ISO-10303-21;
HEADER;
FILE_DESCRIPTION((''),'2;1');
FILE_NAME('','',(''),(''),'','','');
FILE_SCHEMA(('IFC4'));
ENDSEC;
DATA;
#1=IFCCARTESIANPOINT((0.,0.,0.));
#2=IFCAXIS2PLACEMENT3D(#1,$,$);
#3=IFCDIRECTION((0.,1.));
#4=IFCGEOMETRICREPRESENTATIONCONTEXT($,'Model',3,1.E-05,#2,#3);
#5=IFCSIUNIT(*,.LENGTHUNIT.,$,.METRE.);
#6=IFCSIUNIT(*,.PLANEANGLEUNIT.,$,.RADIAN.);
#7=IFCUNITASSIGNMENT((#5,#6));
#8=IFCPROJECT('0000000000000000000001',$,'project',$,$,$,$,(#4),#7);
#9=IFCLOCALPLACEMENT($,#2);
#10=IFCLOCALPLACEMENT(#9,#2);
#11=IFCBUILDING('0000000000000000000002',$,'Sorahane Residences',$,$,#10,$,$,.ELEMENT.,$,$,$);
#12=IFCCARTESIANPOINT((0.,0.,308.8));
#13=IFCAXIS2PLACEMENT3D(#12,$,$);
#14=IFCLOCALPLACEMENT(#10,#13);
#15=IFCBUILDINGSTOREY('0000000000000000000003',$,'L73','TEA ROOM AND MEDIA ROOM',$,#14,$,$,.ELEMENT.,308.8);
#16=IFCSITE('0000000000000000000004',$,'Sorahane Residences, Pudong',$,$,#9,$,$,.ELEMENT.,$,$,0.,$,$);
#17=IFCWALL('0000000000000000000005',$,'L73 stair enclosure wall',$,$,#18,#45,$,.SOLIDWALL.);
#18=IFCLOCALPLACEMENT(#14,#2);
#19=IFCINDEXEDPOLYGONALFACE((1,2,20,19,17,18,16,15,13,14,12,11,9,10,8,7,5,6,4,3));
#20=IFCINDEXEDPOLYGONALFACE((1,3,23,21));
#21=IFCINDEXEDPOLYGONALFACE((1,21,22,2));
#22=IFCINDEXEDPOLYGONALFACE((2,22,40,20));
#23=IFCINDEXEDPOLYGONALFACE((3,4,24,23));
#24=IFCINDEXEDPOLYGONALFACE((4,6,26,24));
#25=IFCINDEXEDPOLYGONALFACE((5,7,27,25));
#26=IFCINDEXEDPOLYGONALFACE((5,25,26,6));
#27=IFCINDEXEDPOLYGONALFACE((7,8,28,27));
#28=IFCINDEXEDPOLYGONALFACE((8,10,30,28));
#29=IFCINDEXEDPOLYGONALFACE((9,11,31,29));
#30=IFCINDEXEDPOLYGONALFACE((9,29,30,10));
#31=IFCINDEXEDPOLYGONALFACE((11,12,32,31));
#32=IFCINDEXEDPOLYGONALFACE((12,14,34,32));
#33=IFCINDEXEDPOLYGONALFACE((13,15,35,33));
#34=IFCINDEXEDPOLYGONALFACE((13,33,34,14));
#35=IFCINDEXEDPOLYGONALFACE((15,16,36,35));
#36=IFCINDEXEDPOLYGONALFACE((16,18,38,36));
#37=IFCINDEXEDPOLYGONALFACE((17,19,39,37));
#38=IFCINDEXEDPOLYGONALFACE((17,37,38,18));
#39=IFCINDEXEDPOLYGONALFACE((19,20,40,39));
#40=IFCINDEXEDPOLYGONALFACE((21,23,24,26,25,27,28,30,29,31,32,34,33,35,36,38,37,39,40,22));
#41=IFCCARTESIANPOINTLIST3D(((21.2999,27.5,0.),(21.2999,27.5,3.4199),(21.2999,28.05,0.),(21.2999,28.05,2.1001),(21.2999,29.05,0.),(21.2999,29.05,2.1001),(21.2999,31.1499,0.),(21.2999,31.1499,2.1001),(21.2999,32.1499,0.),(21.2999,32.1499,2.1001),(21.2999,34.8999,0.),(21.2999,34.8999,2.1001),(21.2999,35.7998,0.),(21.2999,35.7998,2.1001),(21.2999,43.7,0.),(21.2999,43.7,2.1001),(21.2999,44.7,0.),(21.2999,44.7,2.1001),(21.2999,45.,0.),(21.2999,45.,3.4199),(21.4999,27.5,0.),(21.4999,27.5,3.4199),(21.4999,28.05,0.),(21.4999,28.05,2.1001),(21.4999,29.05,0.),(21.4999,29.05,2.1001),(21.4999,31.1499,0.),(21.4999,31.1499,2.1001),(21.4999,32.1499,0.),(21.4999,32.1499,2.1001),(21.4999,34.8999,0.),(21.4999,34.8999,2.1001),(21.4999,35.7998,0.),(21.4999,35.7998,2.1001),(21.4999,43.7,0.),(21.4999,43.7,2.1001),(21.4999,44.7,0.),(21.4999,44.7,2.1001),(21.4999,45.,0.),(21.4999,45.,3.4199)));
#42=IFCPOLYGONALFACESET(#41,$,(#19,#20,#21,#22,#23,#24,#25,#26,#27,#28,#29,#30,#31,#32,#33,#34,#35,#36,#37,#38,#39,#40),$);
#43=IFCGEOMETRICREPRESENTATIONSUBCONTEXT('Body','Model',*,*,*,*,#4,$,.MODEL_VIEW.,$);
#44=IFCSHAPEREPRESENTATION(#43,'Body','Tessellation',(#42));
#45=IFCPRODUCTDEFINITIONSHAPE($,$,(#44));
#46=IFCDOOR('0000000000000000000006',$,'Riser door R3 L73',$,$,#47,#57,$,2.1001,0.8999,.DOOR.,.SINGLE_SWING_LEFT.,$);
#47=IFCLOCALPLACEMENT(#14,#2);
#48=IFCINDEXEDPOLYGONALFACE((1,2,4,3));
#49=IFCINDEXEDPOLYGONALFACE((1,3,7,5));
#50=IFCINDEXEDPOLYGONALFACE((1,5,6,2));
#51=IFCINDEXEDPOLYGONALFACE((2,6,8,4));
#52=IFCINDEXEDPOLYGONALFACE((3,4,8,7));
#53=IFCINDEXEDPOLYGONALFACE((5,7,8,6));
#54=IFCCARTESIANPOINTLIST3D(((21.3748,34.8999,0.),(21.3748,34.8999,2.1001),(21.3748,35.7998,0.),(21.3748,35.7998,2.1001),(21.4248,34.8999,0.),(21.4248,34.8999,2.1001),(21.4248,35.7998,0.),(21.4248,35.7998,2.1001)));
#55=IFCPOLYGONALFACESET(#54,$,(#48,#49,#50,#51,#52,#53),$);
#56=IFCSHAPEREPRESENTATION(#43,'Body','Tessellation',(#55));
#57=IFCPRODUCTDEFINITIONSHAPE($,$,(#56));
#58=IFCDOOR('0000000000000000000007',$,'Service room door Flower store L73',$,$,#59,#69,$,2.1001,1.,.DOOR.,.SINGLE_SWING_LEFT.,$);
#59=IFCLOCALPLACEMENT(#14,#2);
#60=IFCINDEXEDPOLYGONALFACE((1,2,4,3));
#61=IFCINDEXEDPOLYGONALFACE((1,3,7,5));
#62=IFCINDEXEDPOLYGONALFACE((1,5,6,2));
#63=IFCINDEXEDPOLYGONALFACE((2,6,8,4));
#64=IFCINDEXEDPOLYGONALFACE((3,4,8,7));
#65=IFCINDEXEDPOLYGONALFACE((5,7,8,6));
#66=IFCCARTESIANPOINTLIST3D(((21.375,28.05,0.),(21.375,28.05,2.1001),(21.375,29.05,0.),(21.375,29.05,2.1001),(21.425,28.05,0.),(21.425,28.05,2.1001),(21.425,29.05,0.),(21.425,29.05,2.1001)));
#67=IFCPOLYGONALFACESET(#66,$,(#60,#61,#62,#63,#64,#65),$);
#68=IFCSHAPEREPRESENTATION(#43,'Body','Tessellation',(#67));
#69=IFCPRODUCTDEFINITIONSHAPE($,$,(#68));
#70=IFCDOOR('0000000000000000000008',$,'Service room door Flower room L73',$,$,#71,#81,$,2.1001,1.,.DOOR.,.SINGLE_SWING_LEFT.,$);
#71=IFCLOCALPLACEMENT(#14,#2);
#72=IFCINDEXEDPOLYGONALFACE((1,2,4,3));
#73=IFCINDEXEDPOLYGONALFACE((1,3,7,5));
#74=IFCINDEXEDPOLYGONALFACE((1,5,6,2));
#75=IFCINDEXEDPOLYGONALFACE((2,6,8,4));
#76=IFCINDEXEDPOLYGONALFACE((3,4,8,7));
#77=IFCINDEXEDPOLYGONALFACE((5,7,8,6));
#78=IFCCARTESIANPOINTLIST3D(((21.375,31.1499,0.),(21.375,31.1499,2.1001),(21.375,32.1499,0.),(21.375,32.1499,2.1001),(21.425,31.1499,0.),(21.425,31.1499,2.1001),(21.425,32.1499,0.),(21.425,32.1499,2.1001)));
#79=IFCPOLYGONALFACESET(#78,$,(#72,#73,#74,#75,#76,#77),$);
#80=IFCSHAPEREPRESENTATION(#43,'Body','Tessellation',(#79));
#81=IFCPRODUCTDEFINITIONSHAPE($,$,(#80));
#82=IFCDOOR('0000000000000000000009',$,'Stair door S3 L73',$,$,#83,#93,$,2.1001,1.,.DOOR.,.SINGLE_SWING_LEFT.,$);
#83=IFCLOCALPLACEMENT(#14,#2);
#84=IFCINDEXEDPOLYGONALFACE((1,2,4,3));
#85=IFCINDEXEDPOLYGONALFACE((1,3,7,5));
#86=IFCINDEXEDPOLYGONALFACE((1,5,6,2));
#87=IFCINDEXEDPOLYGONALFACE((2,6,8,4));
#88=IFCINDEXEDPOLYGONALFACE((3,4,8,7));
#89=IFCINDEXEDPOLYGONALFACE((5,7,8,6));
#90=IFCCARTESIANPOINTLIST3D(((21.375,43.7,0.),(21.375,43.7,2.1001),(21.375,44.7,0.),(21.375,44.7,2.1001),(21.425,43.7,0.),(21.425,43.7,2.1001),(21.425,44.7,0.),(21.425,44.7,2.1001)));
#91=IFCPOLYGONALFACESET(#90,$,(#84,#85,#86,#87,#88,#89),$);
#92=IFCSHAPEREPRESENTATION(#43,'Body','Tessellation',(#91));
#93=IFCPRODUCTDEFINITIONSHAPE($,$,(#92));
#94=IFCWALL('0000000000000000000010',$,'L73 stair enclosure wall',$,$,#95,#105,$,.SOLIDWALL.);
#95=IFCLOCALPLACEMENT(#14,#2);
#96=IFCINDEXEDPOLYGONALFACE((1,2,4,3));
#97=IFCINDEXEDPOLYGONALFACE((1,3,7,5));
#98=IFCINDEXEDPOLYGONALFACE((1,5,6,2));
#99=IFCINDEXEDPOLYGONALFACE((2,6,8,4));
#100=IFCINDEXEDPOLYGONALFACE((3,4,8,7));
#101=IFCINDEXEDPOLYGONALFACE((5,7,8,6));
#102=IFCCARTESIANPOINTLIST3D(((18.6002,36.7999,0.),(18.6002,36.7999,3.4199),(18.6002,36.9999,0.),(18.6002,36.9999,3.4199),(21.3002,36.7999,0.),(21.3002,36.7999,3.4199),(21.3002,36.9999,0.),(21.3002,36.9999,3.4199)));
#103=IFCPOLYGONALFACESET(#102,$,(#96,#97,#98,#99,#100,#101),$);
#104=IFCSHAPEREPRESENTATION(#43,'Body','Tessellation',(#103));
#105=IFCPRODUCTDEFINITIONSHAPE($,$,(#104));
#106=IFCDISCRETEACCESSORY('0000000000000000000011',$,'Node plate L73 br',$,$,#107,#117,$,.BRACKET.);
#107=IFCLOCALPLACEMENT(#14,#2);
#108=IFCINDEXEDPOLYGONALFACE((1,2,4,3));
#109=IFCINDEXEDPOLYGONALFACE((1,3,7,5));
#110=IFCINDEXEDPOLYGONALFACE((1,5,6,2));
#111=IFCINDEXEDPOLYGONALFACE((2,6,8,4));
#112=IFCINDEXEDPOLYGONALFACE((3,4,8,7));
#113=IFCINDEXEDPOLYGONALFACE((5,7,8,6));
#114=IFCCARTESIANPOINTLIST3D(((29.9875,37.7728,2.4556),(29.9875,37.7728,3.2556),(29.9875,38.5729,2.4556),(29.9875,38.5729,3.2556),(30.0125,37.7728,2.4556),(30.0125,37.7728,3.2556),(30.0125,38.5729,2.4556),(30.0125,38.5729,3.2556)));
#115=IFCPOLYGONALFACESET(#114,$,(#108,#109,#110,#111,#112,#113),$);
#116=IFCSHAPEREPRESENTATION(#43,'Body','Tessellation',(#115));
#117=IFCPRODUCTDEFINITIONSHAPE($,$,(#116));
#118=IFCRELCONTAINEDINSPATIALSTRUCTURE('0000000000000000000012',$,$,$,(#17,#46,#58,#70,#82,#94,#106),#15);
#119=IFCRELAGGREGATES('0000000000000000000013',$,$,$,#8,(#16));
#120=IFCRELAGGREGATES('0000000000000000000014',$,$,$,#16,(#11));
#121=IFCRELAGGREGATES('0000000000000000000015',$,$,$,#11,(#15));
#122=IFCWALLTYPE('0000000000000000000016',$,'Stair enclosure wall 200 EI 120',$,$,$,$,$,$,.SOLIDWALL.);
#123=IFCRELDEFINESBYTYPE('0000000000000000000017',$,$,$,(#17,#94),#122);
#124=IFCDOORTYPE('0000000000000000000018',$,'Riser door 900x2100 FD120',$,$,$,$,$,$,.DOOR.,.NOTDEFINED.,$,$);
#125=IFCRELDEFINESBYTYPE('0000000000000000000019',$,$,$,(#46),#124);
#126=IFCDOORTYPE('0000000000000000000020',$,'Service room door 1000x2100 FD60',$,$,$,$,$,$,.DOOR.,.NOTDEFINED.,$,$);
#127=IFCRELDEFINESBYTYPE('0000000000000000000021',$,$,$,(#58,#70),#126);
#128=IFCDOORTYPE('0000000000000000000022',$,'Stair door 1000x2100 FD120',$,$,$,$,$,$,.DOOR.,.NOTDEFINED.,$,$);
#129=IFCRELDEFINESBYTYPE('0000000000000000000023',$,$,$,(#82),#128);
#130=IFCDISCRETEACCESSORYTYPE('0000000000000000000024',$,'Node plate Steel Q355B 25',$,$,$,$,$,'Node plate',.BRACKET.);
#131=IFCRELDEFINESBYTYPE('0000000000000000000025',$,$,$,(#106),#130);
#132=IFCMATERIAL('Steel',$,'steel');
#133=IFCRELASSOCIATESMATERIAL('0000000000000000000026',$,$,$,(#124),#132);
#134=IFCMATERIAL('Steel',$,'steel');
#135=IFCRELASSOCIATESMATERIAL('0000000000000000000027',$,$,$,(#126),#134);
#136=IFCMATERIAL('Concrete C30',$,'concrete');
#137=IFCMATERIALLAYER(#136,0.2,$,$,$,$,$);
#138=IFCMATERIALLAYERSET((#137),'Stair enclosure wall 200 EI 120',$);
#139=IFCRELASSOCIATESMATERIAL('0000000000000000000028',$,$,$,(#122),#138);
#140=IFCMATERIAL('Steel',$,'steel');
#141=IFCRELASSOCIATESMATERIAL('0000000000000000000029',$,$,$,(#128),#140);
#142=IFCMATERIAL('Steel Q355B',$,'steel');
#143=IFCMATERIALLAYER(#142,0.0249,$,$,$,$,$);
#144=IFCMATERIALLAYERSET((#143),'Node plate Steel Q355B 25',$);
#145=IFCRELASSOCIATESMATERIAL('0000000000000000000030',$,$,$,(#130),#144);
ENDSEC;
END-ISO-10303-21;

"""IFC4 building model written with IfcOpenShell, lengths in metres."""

from ifc_helpers import new_model, si_unit, direction, frame, frame_2d, origin, origin_2d, place, context, subcontext, project, spatial, rectangle, extrude, material, layer, layer_set, type_object, element, fill, save


model = new_model("IFC4")

# Units and contexts
model_context = context("Model", 3, precision=1e-05, world=origin(), true_north=direction((0.0, 1.0)))
body_context = subcontext(model_context, "Body", "Model", "MODEL_VIEW")
ifc_project = project(units=[si_unit("LENGTHUNIT", "METRE"), si_unit("PLANEANGLEUNIT", "RADIAN")], contexts=[model_context])

# Site, building, storey
site_placement = place(None, origin())
site = spatial("IfcSite", under=ifc_project, at=site_placement, Name="Sorahane Residences, Pudong", CompositionType="ELEMENT", RefElevation=0.0)
building_placement = place(site_placement, origin())
building = spatial("IfcBuilding", under=site, at=building_placement, Name="Sorahane Residences", CompositionType="ELEMENT")
storey_placement = place(building_placement, frame((0.0, 0.0, 308.8)))
storey = spatial("IfcBuildingStorey", under=building, at=storey_placement, Name="L73", Description="TEA ROOM AND MEDIA ROOM", CompositionType="ELEMENT", Elevation=308.8)

# Shared definitions
ifc_material_1 = material(Name="Steel", Category="steel")
door_type_1 = type_object("IfcDoorType", Name="Riser door 900x2100 FD120", OperationType="NOTDEFINED", PredefinedType="DOOR", material=ifc_material_1)
ifc_material_2 = material(Name="Steel", Category="steel")
door_type_2 = type_object("IfcDoorType", Name="Service room door 1000x2100 FD60", OperationType="NOTDEFINED", PredefinedType="DOOR", material=ifc_material_2)

# Wall, openings, doors
ifc_material_3 = material(Name="Concrete C30", Category="concrete")
ifc_layer_1 = layer(ifc_material_3, 0.2)
ifc_layer_set_1 = layer_set([ifc_layer_1], Name="Stair enclosure wall 200 EI 120")
wall_type_1 = type_object("IfcWallType", Name="Stair enclosure wall 200 EI 120", PredefinedType="SOLIDWALL", material=ifc_layer_set_1)
wall_1_placement = place(storey_placement, frame((21.3999, 27.5, 0.0), z_axis=(0.0, 0.0, 1.0), x_axis=(0.0, 1.0, 0.0)))
wall_1 = element("IfcWall", 1, at=wall_1_placement, inside=storey, type_object=wall_type_1, Name="L73 stair enclosure wall", PredefinedType="SOLIDWALL", context=body_context, shape_type="SweptSolid", body=[
    extrude(rectangle(XDim=17.5, YDim=0.2, at=frame_2d((8.75, 0.0))), origin(), (0.0, 0.0, 1.0), 3.4199),
])
opening_1_placement = place(wall_1_placement, frame((0.55, 0.0, 0.0)))
opening_1 = element("IfcOpeningElement", 2, at=opening_1_placement, cuts=wall_1, PredefinedType="OPENING", context=body_context, shape_type="SweptSolid", body=[
    extrude(rectangle(XDim=1.0, YDim=2.1001, at=frame_2d((0.5, 1.05))), frame((0.0, 0.1099, 0.0), z_axis=(0.0, -1.0, 0.0), x_axis=(1.0, 0.0, 0.0)), (0.0, 0.0, 1.0), 0.22),
])
opening_2_placement = place(wall_1_placement, frame((3.6499, 0.0, 0.0)))
opening_2 = element("IfcOpeningElement", 3, at=opening_2_placement, cuts=wall_1, PredefinedType="OPENING", context=body_context, shape_type="SweptSolid", body=[
    extrude(rectangle(XDim=1.0, YDim=2.1001, at=frame_2d((0.5, 1.05))), frame((0.0, 0.1099, 0.0), z_axis=(0.0, -1.0, 0.0), x_axis=(1.0, 0.0, 0.0)), (0.0, 0.0, 1.0), 0.22),
])
opening_3_placement = place(wall_1_placement, frame((16.2, 0.0, 0.0)))
opening_3 = element("IfcOpeningElement", 4, at=opening_3_placement, cuts=wall_1, PredefinedType="OPENING", context=body_context, shape_type="SweptSolid", body=[
    extrude(rectangle(XDim=1.0, YDim=2.1001, at=frame_2d((0.5, 1.05))), frame((0.0, 0.1099, 0.0), z_axis=(0.0, -1.0, 0.0), x_axis=(1.0, 0.0, 0.0)), (0.0, 0.0, 1.0), 0.22),
])
opening_4_placement = place(wall_1_placement, frame((7.3999, 0.0, 0.0)))
opening_4 = element("IfcOpeningElement", 5, at=opening_4_placement, cuts=wall_1, PredefinedType="OPENING", context=body_context, shape_type="SweptSolid", body=[
    extrude(rectangle(XDim=0.8999, YDim=2.1001, at=frame_2d((0.45, 1.05))), frame((0.0, 0.1099, 0.0), z_axis=(0.0, -1.0, 0.0), x_axis=(1.0, 0.0, 0.0)), (0.0, 0.0, 1.0), 0.22),
])
door_1_placement = place(opening_4_placement, frame((0.8999, 0.0, 0.0), z_axis=(0.0, 0.0, 1.0), x_axis=(-1.0, 0.0, 0.0)))
door_1 = element("IfcDoor", 6, at=door_1_placement, inside=storey, type_object=door_type_1, Name="Riser door R3 L73", OperationType="SINGLE_SWING_LEFT", OverallHeight=2.1001, OverallWidth=0.8999, PredefinedType="DOOR", context=body_context, shape_type="SweptSolid", body=[
    extrude(rectangle(XDim=0.8999, YDim=2.1001, at=frame_2d((0.45, 1.05))), frame((0.0, 0.0249, 0.0), z_axis=(0.0, -1.0, 0.0), x_axis=(1.0, 0.0, 0.0)), (0.0, 0.0, 1.0), 0.05),
])
fill(opening_4, door_1)
door_2_placement = place(opening_1_placement, origin())
door_2 = element("IfcDoor", 7, at=door_2_placement, inside=storey, type_object=door_type_2, Name="Service room door Flower store L73", OperationType="SINGLE_SWING_LEFT", OverallHeight=2.1001, OverallWidth=1.0, PredefinedType="DOOR", context=body_context, shape_type="SweptSolid", body=[
    extrude(rectangle(XDim=1.0, YDim=2.1001, at=frame_2d((0.5, 1.05))), frame((0.0, 0.0249, 0.0), z_axis=(0.0, -1.0, 0.0), x_axis=(1.0, 0.0, 0.0)), (0.0, 0.0, 1.0), 0.05),
])
fill(opening_1, door_2)
door_3_placement = place(opening_2_placement, origin())
door_3 = element("IfcDoor", 8, at=door_3_placement, inside=storey, type_object=door_type_2, Name="Service room door Flower room L73", OperationType="SINGLE_SWING_LEFT", OverallHeight=2.1001, OverallWidth=1.0, PredefinedType="DOOR", context=body_context, shape_type="SweptSolid", body=[
    extrude(rectangle(XDim=1.0, YDim=2.1001, at=frame_2d((0.5, 1.05))), frame((0.0, 0.0249, 0.0), z_axis=(0.0, -1.0, 0.0), x_axis=(1.0, 0.0, 0.0)), (0.0, 0.0, 1.0), 0.05),
])
fill(opening_2, door_3)
ifc_material_4 = material(Name="Steel", Category="steel")
door_type_3 = type_object("IfcDoorType", Name="Stair door 1000x2100 FD120", OperationType="NOTDEFINED", PredefinedType="DOOR", material=ifc_material_4)
door_4_placement = place(opening_3_placement, origin())
door_4 = element("IfcDoor", 9, at=door_4_placement, inside=storey, type_object=door_type_3, Name="Stair door S3 L73", OperationType="SINGLE_SWING_LEFT", OverallHeight=2.1001, OverallWidth=1.0, PredefinedType="DOOR", context=body_context, shape_type="SweptSolid", body=[
    extrude(rectangle(XDim=1.0, YDim=2.1001, at=frame_2d((0.5, 1.05))), frame((0.0, 0.0249, 0.0), z_axis=(0.0, -1.0, 0.0), x_axis=(1.0, 0.0, 0.0)), (0.0, 0.0, 1.0), 0.05),
])
fill(opening_3, door_4)

# Wall
wall_2_placement = place(storey_placement, frame((18.6001, 36.8999, 0.0), z_axis=(0.0, 0.0, 1.0), x_axis=(1.0, 0.0, 0.0)))
element("IfcWall", 10, at=wall_2_placement, inside=storey, type_object=wall_type_1, Name="L73 stair enclosure wall", PredefinedType="SOLIDWALL", context=body_context, shape_type="SweptSolid", body=[
    extrude(rectangle(XDim=2.7, YDim=0.2, at=frame_2d((1.3501, 0.0))), origin(), (0.0, 0.0, 1.0), 3.4199),
])

# Discrete accessory
ifc_material_5 = material(Name="Steel Q355B", Category="steel")
ifc_layer_2 = layer(ifc_material_5, 0.0249)
ifc_layer_set_2 = layer_set([ifc_layer_2], Name="Node plate Steel Q355B 25")
discrete_accessory_type = type_object("IfcDiscreteAccessoryType", Name="Node plate Steel Q355B 25", ElementType="Node plate", PredefinedType="BRACKET", material=ifc_layer_set_2)
discrete_accessory_placement = place(storey_placement, frame((30.0, 38.1729, 2.4556), z_axis=(0.0, 0.0, 1.0), x_axis=(0.0, 1.0, 0.0)))
element("IfcDiscreteAccessory", 11, at=discrete_accessory_placement, inside=storey, type_object=discrete_accessory_type, Name="Node plate L73 br", PredefinedType="BRACKET", context=body_context, shape_type="SweptSolid", body=[
    extrude(rectangle(XDim=0.8, YDim=0.0249, at=origin_2d()), origin(), (0.0, 0.0, 1.0), 0.8),
])

save(model, "model.ifc")
